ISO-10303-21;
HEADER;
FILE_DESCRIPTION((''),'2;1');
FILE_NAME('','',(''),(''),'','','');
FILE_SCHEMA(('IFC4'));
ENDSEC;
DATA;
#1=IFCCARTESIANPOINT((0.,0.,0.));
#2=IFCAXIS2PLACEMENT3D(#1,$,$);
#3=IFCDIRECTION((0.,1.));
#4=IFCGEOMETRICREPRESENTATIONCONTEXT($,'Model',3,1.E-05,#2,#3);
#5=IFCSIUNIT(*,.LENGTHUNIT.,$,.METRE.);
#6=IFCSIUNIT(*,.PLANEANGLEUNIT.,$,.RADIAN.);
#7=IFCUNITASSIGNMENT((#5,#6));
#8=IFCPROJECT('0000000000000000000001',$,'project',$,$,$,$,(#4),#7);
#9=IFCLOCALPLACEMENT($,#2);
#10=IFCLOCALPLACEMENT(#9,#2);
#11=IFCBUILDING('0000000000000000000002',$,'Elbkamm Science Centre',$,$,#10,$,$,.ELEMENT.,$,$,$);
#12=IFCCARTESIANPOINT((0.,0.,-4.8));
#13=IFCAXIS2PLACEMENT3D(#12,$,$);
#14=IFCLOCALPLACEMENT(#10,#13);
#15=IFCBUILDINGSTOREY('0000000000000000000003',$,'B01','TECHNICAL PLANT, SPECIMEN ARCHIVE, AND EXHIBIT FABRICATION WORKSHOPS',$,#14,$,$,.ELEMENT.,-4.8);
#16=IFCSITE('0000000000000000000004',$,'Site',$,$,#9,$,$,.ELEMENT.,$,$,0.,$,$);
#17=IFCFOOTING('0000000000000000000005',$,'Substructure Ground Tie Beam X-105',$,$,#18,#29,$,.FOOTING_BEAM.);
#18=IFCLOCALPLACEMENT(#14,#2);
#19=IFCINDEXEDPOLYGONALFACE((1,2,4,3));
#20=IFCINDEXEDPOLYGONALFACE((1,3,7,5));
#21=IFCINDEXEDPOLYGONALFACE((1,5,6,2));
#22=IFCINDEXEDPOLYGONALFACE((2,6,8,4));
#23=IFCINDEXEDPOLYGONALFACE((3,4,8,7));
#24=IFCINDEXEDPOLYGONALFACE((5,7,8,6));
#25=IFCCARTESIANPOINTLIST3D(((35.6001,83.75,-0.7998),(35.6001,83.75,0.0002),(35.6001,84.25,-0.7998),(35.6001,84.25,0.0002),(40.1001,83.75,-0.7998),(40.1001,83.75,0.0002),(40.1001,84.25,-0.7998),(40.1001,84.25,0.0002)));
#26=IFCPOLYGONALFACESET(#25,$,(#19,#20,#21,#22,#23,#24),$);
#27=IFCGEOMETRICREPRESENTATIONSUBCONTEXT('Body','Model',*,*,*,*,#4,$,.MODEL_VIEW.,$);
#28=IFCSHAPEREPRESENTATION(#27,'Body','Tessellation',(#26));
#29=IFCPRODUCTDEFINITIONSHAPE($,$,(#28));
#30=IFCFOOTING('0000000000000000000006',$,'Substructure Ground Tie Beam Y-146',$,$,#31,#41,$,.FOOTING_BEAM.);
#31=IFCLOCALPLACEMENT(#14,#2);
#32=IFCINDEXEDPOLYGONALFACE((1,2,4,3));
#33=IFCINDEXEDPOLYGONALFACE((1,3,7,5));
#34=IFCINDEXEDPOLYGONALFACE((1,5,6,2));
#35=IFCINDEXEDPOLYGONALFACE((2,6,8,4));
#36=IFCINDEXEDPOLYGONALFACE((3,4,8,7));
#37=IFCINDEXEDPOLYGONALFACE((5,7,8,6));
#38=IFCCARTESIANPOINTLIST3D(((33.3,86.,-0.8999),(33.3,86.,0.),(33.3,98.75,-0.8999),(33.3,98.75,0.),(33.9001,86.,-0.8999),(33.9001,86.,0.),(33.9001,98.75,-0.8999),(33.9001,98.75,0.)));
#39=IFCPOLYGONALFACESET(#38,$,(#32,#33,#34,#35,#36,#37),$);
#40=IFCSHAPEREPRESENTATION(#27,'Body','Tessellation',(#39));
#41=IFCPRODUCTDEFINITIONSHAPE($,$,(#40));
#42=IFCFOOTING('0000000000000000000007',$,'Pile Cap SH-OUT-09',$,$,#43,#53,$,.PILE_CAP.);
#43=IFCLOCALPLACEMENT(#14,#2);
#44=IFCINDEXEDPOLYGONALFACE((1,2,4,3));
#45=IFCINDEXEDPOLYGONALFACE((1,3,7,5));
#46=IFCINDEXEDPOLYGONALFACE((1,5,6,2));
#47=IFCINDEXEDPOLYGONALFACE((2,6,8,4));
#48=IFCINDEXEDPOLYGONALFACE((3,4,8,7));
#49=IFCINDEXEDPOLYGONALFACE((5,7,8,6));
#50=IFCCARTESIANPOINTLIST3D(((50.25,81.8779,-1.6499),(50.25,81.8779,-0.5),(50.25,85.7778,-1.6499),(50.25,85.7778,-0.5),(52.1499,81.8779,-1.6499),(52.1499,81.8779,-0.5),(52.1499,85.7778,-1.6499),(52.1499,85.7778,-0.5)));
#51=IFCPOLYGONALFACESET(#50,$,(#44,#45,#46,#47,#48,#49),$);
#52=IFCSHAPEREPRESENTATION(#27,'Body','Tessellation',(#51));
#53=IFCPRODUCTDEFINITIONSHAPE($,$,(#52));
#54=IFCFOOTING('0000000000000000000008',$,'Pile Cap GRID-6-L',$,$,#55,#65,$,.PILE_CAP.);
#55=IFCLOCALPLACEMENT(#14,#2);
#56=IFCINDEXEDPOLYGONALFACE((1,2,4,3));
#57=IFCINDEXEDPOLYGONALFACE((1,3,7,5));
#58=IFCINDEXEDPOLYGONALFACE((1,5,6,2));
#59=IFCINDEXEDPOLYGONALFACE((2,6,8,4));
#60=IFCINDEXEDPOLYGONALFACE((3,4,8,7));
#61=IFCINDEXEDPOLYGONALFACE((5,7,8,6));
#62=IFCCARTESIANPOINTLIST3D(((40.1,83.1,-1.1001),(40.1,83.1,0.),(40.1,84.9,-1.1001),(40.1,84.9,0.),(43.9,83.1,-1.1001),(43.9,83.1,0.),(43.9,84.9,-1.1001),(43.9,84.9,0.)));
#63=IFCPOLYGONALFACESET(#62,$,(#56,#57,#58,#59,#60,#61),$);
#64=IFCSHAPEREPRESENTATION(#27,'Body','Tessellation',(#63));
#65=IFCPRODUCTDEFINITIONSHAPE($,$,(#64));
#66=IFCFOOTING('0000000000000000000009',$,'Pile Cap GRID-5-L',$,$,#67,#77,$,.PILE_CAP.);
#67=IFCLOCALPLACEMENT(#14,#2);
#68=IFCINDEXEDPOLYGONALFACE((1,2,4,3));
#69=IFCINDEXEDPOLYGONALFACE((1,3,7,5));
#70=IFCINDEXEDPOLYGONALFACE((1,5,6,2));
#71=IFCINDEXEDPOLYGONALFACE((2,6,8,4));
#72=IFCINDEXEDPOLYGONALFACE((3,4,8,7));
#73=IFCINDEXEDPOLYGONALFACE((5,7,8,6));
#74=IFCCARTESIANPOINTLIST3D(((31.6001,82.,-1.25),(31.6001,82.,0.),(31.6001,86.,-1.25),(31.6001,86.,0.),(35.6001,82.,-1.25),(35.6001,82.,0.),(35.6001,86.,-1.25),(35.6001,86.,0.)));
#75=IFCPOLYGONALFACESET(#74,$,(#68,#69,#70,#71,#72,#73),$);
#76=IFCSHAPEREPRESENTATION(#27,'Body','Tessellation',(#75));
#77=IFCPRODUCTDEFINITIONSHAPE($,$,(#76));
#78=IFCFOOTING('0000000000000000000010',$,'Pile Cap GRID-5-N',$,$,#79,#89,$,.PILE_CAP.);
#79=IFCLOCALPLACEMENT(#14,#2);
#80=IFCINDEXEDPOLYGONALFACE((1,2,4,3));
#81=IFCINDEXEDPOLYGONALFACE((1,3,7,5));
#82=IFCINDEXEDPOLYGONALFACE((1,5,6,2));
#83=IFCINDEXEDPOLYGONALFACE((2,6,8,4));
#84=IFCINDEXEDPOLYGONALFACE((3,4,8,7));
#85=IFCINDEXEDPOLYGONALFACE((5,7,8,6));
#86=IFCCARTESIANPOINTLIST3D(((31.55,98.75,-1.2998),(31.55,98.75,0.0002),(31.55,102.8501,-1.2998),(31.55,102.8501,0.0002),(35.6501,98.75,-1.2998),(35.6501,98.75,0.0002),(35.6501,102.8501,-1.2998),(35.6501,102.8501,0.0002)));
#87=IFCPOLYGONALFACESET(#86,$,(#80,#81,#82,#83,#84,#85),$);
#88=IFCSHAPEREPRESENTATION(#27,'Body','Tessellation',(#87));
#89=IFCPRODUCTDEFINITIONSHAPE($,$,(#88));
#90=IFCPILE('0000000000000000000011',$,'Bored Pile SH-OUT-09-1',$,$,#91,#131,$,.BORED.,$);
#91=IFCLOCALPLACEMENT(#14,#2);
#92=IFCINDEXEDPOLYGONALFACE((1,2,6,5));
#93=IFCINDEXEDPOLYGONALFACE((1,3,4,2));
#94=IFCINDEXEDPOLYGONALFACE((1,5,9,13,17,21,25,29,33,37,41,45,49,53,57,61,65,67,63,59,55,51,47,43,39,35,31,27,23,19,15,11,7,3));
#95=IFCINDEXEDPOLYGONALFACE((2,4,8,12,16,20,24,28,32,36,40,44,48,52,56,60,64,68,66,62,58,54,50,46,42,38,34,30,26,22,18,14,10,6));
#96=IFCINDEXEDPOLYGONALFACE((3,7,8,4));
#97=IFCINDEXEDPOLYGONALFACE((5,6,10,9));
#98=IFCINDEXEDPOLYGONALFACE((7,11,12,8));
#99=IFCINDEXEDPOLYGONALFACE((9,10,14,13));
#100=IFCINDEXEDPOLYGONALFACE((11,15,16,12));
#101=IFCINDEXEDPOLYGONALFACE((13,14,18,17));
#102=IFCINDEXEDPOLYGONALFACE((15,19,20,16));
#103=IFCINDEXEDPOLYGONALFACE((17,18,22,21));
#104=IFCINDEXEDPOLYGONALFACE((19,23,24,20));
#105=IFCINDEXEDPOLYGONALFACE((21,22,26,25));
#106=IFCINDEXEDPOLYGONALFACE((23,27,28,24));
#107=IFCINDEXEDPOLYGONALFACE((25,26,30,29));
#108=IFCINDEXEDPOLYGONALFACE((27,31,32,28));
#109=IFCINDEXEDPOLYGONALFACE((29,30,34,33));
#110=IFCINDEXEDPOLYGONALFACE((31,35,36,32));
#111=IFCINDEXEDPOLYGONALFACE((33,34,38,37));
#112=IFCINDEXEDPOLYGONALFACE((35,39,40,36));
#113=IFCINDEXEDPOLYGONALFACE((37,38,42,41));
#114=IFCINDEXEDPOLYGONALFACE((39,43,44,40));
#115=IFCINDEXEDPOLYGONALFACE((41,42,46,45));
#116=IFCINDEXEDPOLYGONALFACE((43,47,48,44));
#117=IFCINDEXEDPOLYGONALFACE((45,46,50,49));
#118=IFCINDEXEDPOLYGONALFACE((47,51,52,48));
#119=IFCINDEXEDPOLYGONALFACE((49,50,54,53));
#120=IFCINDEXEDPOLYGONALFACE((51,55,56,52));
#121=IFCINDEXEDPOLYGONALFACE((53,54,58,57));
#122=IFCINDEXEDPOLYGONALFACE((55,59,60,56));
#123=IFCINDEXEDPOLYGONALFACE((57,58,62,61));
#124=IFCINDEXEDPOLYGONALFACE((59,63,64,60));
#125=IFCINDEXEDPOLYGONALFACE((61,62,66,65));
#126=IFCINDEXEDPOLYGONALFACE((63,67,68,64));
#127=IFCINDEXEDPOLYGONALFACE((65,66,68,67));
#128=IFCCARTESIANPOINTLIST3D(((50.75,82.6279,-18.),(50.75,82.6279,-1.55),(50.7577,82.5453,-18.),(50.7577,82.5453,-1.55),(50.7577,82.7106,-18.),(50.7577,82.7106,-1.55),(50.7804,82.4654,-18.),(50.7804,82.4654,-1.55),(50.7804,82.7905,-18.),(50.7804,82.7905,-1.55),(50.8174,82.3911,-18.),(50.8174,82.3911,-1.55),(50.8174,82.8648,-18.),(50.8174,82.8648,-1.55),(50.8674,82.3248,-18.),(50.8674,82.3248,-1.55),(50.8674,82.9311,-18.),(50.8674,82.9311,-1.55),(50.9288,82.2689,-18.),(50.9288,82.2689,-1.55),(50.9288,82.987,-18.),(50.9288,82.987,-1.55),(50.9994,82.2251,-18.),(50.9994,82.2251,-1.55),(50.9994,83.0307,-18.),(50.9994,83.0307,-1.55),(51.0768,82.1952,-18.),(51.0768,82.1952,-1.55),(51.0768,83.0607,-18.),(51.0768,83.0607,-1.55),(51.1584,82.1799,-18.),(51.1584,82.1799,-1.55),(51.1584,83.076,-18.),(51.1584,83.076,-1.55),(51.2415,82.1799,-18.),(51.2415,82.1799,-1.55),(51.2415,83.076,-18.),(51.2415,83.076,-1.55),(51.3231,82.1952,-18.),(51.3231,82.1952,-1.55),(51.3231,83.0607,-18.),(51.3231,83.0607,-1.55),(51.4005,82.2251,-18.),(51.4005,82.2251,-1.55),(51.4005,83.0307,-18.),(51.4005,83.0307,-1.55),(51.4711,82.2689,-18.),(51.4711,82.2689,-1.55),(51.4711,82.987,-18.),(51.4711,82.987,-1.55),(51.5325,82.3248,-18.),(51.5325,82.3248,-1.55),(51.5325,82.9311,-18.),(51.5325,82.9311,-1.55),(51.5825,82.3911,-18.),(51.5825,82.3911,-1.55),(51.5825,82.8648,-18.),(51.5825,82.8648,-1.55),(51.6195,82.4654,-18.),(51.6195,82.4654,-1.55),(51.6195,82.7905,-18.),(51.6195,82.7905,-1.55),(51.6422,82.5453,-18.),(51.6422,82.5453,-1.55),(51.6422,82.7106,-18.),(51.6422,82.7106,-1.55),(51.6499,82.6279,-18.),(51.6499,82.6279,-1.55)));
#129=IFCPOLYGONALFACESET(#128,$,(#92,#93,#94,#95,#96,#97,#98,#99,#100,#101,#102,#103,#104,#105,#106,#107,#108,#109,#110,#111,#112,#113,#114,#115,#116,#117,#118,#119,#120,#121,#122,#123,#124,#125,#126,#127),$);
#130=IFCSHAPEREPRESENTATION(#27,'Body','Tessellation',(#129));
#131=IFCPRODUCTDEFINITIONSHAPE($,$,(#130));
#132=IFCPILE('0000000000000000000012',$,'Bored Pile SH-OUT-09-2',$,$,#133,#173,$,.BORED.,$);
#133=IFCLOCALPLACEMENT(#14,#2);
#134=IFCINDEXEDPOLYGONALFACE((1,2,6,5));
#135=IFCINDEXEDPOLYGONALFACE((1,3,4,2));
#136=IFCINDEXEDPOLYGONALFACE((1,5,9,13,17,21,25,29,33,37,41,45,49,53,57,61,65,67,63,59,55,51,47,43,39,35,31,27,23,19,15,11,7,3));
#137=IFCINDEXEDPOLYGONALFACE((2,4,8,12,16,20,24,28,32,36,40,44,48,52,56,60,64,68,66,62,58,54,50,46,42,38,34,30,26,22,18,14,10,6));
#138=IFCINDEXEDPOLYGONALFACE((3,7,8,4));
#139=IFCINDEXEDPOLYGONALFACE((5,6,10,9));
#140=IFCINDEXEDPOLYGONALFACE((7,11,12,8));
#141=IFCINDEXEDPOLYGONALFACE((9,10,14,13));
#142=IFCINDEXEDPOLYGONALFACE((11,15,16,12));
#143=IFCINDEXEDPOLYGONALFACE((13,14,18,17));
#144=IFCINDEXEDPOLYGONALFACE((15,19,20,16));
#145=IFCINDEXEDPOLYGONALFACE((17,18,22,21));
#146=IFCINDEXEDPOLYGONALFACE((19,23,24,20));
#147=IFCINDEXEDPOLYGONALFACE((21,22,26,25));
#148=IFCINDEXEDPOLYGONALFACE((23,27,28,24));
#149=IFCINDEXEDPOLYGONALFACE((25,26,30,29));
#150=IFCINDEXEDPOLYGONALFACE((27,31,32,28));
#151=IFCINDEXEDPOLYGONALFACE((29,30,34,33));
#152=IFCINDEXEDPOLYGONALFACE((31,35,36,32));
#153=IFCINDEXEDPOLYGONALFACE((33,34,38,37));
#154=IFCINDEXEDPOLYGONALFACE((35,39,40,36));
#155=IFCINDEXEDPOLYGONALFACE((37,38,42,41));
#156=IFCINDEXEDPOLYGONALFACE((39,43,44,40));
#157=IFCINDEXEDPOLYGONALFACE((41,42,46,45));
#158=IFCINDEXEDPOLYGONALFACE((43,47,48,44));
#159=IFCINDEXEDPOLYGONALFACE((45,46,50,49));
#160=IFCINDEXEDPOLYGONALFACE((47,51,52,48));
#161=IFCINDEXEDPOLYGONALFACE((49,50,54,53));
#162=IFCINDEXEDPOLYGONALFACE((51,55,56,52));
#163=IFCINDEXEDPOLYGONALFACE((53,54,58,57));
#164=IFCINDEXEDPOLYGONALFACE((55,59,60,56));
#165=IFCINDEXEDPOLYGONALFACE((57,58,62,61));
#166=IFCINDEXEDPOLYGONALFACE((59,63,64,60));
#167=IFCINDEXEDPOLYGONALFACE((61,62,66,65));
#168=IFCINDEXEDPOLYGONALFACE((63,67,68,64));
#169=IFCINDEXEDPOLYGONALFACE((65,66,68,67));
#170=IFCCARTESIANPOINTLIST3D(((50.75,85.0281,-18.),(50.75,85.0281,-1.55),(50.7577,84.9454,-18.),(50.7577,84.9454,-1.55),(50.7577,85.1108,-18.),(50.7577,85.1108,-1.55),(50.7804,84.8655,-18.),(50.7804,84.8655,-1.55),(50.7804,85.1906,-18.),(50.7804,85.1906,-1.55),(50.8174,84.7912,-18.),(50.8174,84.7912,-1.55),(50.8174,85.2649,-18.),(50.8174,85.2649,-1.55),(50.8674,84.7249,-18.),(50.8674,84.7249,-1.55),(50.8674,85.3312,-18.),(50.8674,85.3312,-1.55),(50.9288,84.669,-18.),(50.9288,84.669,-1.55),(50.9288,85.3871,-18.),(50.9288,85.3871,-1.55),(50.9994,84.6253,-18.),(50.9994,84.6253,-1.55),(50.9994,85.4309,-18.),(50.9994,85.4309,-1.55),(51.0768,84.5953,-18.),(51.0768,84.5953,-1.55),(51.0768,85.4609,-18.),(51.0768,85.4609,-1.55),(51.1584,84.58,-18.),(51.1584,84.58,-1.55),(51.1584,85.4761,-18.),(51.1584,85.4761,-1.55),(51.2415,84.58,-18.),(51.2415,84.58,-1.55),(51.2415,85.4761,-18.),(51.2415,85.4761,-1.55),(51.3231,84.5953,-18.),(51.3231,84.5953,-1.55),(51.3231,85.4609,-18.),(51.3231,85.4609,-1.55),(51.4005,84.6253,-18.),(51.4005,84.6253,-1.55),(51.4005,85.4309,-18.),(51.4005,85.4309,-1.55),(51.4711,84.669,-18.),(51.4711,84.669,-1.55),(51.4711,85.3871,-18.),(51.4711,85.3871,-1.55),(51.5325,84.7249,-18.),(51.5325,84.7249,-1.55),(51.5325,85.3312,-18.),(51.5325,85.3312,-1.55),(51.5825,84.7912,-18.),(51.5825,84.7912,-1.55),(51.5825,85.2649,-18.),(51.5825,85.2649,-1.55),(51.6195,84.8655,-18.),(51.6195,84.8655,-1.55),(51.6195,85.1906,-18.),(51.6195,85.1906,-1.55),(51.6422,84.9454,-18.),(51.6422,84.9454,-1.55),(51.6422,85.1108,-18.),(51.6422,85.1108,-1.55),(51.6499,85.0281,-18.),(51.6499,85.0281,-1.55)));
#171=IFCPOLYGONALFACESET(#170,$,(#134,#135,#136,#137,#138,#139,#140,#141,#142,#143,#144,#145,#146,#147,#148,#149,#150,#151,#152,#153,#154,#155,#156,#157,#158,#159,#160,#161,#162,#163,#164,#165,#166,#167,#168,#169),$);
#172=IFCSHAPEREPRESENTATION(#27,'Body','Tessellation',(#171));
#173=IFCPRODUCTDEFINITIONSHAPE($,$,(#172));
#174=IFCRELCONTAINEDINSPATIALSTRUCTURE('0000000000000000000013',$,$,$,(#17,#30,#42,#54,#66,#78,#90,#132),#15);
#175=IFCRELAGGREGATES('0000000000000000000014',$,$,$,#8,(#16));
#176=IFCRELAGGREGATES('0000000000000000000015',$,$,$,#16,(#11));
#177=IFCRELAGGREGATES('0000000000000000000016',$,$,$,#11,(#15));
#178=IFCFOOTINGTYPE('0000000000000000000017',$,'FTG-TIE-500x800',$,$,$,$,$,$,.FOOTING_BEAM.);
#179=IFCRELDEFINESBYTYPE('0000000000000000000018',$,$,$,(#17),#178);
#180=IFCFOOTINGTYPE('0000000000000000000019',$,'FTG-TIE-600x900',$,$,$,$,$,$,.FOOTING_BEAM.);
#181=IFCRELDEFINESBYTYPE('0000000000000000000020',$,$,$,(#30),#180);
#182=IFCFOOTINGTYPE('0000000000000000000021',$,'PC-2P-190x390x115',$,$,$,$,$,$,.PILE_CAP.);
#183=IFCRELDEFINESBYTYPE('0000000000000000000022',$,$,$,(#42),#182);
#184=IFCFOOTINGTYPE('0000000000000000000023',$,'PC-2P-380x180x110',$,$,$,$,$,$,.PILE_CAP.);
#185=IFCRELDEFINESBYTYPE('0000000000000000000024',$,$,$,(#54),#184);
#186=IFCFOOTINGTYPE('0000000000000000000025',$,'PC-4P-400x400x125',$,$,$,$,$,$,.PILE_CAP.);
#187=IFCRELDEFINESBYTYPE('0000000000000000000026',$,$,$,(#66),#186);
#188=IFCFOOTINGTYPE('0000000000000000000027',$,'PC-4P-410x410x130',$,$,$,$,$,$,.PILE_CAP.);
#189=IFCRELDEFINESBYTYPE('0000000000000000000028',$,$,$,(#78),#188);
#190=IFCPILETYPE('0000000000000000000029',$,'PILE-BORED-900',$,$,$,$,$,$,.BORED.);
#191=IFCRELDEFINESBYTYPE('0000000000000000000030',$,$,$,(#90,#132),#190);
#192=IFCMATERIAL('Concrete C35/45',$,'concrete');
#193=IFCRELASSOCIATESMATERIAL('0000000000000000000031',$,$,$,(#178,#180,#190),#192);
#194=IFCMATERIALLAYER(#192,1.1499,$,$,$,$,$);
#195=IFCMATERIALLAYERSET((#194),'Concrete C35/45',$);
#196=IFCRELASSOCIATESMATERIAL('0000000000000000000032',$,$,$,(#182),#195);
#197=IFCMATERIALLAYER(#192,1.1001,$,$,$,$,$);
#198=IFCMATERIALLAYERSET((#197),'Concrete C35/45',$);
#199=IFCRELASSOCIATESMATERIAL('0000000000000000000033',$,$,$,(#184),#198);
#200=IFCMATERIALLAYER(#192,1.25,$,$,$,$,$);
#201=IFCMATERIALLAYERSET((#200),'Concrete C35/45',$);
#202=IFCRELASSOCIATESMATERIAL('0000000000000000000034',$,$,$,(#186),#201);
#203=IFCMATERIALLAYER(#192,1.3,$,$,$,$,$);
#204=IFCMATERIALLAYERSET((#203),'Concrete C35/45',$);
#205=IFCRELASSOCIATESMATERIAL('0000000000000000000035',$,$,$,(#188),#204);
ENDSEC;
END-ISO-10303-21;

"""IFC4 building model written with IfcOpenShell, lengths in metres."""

from ifc_helpers import new_model, si_unit, direction, frame, origin, origin_2d, place, context, subcontext, project, spatial, rectangle, circle, extrude, material, layer, layer_set, material_profile, profile_set, type_object, element, save


model = new_model("IFC4")

# Units and contexts
model_context = context("Model", 3, precision=1e-05, world=origin(), true_north=direction((0.0, 1.0)))
body_context = subcontext(model_context, "Body", "Model", "MODEL_VIEW")
ifc_project = project(units=[si_unit("LENGTHUNIT", "METRE"), si_unit("PLANEANGLEUNIT", "RADIAN")], contexts=[model_context])

# Site, building, storey
site_placement = place(None, origin())
site = spatial("IfcSite", under=ifc_project, at=site_placement, Name="Site", CompositionType="ELEMENT", RefElevation=0.0)
building_placement = place(site_placement, origin())
building = spatial("IfcBuilding", under=site, at=building_placement, Name="Elbkamm Science Centre", CompositionType="ELEMENT")
storey_placement = place(building_placement, frame((0.0, 0.0, -4.8)))
storey = spatial("IfcBuildingStorey", under=building, at=storey_placement, Name="B01", Description="TECHNICAL PLANT, SPECIMEN ARCHIVE, AND EXHIBIT FABRICATION WORKSHOPS", CompositionType="ELEMENT", Elevation=-4.8)

# Footings
ifc_material_1 = material(Name="Concrete C35/45", Category="concrete")
footing_type_1 = type_object("IfcFootingType", Name="FTG-TIE-500x800", PredefinedType="FOOTING_BEAM", material=ifc_material_1)
footing_1_placement = place(storey_placement, frame((37.8501, 84.0, -0.7998), z_axis=(0.0, 0.0, 1.0), x_axis=(1.0, 0.0, 0.0)))
element("IfcFooting", 1, at=footing_1_placement, inside=storey, type_object=footing_type_1, Name="Substructure Ground Tie Beam X-105", PredefinedType="FOOTING_BEAM", context=body_context, shape_type="SweptSolid", body=[
    extrude(rectangle(XDim=4.5, YDim=0.5, at=origin_2d()), origin(), (0.0, 0.0, 1.0), 0.8),
])
footing_type_2 = type_object("IfcFootingType", Name="FTG-TIE-600x900", PredefinedType="FOOTING_BEAM", material=ifc_material_1)
footing_2_placement = place(storey_placement, frame((33.6001, 92.375, -0.8999), z_axis=(0.0, 0.0, 1.0), x_axis=(1.0, 0.0, 0.0)))
element("IfcFooting", 2, at=footing_2_placement, inside=storey, type_object=footing_type_2, Name="Substructure Ground Tie Beam Y-146", PredefinedType="FOOTING_BEAM", context=body_context, shape_type="SweptSolid", body=[
    extrude(rectangle(XDim=0.6001, YDim=12.75, at=origin_2d()), origin(), (0.0, 0.0, 1.0), 0.8999),
])
ifc_layer_1 = layer(ifc_material_1, 1.1499)
ifc_layer_set_1 = layer_set([ifc_layer_1], Name="Concrete C35/45")
footing_type_3 = type_object("IfcFootingType", Name="PC-2P-190x390x115", PredefinedType="PILE_CAP", material=ifc_layer_set_1)
footing_3_placement = place(storey_placement, frame((51.2, 83.8279, -1.6499), z_axis=(0.0, 0.0, 1.0), x_axis=(1.0, 0.0, 0.0)))
element("IfcFooting", 3, at=footing_3_placement, inside=storey, type_object=footing_type_3, Name="Pile Cap SH-OUT-09", PredefinedType="PILE_CAP", context=body_context, shape_type="SweptSolid", body=[
    extrude(rectangle(XDim=1.8999, YDim=3.8999, at=origin_2d()), origin(), (0.0, 0.0, 1.0), 1.1499),
])
ifc_layer_2 = layer(ifc_material_1, 1.1001)
ifc_layer_set_2 = layer_set([ifc_layer_2], Name="Concrete C35/45")
footing_type_4 = type_object("IfcFootingType", Name="PC-2P-380x180x110", PredefinedType="PILE_CAP", material=ifc_layer_set_2)
footing_4_placement = place(storey_placement, frame((42.0, 84.0, -1.1001), z_axis=(0.0, 0.0, 1.0), x_axis=(1.0, 0.0, 0.0)))
element("IfcFooting", 4, at=footing_4_placement, inside=storey, type_object=footing_type_4, Name="Pile Cap GRID-6-L", PredefinedType="PILE_CAP", context=body_context, shape_type="SweptSolid", body=[
    extrude(rectangle(XDim=3.8, YDim=1.8, at=origin_2d()), origin(), (0.0, 0.0, 1.0), 1.1001),
])
ifc_layer_3 = layer(ifc_material_1, 1.25)
ifc_layer_set_3 = layer_set([ifc_layer_3], Name="Concrete C35/45")
footing_type_5 = type_object("IfcFootingType", Name="PC-4P-400x400x125", PredefinedType="PILE_CAP", material=ifc_layer_set_3)
footing_5_placement = place(storey_placement, frame((33.6001, 84.0, -1.25), z_axis=(0.0, 0.0, 1.0), x_axis=(1.0, 0.0, 0.0)))
element("IfcFooting", 5, at=footing_5_placement, inside=storey, type_object=footing_type_5, Name="Pile Cap GRID-5-L", PredefinedType="PILE_CAP", context=body_context, shape_type="SweptSolid", body=[
    extrude(rectangle(XDim=4.0, YDim=4.0, at=origin_2d()), origin(), (0.0, 0.0, 1.0), 1.25),
])
ifc_layer_4 = layer(ifc_material_1, 1.3)
ifc_layer_set_4 = layer_set([ifc_layer_4], Name="Concrete C35/45")
footing_type_6 = type_object("IfcFootingType", Name="PC-4P-410x410x130", PredefinedType="PILE_CAP", material=ifc_layer_set_4)
footing_6_placement = place(storey_placement, frame((33.6001, 100.8, -1.2998), z_axis=(0.0, 0.0, 1.0), x_axis=(1.0, 0.0, 0.0)))
element("IfcFooting", 6, at=footing_6_placement, inside=storey, type_object=footing_type_6, Name="Pile Cap GRID-5-N", PredefinedType="PILE_CAP", context=body_context, shape_type="SweptSolid", body=[
    extrude(rectangle(XDim=4.1001, YDim=4.1001, at=origin_2d()), origin(), (0.0, 0.0, 1.0), 1.3),
])

# Piles
ifc_material_profile_1 = material_profile(ifc_material_1, circle(Radius=0.45, at=origin_2d()), Name="PILE D900")
ifc_profile_set_1 = profile_set([ifc_material_profile_1], Name="Concrete C35/45")
pile_type = type_object("IfcPileType", Name="PILE-BORED-900", PredefinedType="BORED", material=ifc_profile_set_1)
for number, where, z_axis, x_axis, name in (
    (7, (51.2, 82.6279, -1.55), (0.0, 0.0, -1.0), (1.0, 0.0, 0.0), "Bored Pile SH-OUT-09-1"),
    (8, (51.2, 85.0281, -1.55), (0.0, 0.0, -1.0), (1.0, 0.0, 0.0), "Bored Pile SH-OUT-09-2"),
):
    element("IfcPile", number, at=place(storey_placement, frame(where, z_axis=z_axis, x_axis=x_axis)), inside=storey, type_object=pile_type, Name=name, PredefinedType="BORED", context=body_context, shape_type="SweptSolid", body=[
        extrude(circle(Radius=0.45, at=origin_2d()), origin(), (0.0, 0.0, 1.0), 16.45),
    ])

save(model, "model.ifc")
